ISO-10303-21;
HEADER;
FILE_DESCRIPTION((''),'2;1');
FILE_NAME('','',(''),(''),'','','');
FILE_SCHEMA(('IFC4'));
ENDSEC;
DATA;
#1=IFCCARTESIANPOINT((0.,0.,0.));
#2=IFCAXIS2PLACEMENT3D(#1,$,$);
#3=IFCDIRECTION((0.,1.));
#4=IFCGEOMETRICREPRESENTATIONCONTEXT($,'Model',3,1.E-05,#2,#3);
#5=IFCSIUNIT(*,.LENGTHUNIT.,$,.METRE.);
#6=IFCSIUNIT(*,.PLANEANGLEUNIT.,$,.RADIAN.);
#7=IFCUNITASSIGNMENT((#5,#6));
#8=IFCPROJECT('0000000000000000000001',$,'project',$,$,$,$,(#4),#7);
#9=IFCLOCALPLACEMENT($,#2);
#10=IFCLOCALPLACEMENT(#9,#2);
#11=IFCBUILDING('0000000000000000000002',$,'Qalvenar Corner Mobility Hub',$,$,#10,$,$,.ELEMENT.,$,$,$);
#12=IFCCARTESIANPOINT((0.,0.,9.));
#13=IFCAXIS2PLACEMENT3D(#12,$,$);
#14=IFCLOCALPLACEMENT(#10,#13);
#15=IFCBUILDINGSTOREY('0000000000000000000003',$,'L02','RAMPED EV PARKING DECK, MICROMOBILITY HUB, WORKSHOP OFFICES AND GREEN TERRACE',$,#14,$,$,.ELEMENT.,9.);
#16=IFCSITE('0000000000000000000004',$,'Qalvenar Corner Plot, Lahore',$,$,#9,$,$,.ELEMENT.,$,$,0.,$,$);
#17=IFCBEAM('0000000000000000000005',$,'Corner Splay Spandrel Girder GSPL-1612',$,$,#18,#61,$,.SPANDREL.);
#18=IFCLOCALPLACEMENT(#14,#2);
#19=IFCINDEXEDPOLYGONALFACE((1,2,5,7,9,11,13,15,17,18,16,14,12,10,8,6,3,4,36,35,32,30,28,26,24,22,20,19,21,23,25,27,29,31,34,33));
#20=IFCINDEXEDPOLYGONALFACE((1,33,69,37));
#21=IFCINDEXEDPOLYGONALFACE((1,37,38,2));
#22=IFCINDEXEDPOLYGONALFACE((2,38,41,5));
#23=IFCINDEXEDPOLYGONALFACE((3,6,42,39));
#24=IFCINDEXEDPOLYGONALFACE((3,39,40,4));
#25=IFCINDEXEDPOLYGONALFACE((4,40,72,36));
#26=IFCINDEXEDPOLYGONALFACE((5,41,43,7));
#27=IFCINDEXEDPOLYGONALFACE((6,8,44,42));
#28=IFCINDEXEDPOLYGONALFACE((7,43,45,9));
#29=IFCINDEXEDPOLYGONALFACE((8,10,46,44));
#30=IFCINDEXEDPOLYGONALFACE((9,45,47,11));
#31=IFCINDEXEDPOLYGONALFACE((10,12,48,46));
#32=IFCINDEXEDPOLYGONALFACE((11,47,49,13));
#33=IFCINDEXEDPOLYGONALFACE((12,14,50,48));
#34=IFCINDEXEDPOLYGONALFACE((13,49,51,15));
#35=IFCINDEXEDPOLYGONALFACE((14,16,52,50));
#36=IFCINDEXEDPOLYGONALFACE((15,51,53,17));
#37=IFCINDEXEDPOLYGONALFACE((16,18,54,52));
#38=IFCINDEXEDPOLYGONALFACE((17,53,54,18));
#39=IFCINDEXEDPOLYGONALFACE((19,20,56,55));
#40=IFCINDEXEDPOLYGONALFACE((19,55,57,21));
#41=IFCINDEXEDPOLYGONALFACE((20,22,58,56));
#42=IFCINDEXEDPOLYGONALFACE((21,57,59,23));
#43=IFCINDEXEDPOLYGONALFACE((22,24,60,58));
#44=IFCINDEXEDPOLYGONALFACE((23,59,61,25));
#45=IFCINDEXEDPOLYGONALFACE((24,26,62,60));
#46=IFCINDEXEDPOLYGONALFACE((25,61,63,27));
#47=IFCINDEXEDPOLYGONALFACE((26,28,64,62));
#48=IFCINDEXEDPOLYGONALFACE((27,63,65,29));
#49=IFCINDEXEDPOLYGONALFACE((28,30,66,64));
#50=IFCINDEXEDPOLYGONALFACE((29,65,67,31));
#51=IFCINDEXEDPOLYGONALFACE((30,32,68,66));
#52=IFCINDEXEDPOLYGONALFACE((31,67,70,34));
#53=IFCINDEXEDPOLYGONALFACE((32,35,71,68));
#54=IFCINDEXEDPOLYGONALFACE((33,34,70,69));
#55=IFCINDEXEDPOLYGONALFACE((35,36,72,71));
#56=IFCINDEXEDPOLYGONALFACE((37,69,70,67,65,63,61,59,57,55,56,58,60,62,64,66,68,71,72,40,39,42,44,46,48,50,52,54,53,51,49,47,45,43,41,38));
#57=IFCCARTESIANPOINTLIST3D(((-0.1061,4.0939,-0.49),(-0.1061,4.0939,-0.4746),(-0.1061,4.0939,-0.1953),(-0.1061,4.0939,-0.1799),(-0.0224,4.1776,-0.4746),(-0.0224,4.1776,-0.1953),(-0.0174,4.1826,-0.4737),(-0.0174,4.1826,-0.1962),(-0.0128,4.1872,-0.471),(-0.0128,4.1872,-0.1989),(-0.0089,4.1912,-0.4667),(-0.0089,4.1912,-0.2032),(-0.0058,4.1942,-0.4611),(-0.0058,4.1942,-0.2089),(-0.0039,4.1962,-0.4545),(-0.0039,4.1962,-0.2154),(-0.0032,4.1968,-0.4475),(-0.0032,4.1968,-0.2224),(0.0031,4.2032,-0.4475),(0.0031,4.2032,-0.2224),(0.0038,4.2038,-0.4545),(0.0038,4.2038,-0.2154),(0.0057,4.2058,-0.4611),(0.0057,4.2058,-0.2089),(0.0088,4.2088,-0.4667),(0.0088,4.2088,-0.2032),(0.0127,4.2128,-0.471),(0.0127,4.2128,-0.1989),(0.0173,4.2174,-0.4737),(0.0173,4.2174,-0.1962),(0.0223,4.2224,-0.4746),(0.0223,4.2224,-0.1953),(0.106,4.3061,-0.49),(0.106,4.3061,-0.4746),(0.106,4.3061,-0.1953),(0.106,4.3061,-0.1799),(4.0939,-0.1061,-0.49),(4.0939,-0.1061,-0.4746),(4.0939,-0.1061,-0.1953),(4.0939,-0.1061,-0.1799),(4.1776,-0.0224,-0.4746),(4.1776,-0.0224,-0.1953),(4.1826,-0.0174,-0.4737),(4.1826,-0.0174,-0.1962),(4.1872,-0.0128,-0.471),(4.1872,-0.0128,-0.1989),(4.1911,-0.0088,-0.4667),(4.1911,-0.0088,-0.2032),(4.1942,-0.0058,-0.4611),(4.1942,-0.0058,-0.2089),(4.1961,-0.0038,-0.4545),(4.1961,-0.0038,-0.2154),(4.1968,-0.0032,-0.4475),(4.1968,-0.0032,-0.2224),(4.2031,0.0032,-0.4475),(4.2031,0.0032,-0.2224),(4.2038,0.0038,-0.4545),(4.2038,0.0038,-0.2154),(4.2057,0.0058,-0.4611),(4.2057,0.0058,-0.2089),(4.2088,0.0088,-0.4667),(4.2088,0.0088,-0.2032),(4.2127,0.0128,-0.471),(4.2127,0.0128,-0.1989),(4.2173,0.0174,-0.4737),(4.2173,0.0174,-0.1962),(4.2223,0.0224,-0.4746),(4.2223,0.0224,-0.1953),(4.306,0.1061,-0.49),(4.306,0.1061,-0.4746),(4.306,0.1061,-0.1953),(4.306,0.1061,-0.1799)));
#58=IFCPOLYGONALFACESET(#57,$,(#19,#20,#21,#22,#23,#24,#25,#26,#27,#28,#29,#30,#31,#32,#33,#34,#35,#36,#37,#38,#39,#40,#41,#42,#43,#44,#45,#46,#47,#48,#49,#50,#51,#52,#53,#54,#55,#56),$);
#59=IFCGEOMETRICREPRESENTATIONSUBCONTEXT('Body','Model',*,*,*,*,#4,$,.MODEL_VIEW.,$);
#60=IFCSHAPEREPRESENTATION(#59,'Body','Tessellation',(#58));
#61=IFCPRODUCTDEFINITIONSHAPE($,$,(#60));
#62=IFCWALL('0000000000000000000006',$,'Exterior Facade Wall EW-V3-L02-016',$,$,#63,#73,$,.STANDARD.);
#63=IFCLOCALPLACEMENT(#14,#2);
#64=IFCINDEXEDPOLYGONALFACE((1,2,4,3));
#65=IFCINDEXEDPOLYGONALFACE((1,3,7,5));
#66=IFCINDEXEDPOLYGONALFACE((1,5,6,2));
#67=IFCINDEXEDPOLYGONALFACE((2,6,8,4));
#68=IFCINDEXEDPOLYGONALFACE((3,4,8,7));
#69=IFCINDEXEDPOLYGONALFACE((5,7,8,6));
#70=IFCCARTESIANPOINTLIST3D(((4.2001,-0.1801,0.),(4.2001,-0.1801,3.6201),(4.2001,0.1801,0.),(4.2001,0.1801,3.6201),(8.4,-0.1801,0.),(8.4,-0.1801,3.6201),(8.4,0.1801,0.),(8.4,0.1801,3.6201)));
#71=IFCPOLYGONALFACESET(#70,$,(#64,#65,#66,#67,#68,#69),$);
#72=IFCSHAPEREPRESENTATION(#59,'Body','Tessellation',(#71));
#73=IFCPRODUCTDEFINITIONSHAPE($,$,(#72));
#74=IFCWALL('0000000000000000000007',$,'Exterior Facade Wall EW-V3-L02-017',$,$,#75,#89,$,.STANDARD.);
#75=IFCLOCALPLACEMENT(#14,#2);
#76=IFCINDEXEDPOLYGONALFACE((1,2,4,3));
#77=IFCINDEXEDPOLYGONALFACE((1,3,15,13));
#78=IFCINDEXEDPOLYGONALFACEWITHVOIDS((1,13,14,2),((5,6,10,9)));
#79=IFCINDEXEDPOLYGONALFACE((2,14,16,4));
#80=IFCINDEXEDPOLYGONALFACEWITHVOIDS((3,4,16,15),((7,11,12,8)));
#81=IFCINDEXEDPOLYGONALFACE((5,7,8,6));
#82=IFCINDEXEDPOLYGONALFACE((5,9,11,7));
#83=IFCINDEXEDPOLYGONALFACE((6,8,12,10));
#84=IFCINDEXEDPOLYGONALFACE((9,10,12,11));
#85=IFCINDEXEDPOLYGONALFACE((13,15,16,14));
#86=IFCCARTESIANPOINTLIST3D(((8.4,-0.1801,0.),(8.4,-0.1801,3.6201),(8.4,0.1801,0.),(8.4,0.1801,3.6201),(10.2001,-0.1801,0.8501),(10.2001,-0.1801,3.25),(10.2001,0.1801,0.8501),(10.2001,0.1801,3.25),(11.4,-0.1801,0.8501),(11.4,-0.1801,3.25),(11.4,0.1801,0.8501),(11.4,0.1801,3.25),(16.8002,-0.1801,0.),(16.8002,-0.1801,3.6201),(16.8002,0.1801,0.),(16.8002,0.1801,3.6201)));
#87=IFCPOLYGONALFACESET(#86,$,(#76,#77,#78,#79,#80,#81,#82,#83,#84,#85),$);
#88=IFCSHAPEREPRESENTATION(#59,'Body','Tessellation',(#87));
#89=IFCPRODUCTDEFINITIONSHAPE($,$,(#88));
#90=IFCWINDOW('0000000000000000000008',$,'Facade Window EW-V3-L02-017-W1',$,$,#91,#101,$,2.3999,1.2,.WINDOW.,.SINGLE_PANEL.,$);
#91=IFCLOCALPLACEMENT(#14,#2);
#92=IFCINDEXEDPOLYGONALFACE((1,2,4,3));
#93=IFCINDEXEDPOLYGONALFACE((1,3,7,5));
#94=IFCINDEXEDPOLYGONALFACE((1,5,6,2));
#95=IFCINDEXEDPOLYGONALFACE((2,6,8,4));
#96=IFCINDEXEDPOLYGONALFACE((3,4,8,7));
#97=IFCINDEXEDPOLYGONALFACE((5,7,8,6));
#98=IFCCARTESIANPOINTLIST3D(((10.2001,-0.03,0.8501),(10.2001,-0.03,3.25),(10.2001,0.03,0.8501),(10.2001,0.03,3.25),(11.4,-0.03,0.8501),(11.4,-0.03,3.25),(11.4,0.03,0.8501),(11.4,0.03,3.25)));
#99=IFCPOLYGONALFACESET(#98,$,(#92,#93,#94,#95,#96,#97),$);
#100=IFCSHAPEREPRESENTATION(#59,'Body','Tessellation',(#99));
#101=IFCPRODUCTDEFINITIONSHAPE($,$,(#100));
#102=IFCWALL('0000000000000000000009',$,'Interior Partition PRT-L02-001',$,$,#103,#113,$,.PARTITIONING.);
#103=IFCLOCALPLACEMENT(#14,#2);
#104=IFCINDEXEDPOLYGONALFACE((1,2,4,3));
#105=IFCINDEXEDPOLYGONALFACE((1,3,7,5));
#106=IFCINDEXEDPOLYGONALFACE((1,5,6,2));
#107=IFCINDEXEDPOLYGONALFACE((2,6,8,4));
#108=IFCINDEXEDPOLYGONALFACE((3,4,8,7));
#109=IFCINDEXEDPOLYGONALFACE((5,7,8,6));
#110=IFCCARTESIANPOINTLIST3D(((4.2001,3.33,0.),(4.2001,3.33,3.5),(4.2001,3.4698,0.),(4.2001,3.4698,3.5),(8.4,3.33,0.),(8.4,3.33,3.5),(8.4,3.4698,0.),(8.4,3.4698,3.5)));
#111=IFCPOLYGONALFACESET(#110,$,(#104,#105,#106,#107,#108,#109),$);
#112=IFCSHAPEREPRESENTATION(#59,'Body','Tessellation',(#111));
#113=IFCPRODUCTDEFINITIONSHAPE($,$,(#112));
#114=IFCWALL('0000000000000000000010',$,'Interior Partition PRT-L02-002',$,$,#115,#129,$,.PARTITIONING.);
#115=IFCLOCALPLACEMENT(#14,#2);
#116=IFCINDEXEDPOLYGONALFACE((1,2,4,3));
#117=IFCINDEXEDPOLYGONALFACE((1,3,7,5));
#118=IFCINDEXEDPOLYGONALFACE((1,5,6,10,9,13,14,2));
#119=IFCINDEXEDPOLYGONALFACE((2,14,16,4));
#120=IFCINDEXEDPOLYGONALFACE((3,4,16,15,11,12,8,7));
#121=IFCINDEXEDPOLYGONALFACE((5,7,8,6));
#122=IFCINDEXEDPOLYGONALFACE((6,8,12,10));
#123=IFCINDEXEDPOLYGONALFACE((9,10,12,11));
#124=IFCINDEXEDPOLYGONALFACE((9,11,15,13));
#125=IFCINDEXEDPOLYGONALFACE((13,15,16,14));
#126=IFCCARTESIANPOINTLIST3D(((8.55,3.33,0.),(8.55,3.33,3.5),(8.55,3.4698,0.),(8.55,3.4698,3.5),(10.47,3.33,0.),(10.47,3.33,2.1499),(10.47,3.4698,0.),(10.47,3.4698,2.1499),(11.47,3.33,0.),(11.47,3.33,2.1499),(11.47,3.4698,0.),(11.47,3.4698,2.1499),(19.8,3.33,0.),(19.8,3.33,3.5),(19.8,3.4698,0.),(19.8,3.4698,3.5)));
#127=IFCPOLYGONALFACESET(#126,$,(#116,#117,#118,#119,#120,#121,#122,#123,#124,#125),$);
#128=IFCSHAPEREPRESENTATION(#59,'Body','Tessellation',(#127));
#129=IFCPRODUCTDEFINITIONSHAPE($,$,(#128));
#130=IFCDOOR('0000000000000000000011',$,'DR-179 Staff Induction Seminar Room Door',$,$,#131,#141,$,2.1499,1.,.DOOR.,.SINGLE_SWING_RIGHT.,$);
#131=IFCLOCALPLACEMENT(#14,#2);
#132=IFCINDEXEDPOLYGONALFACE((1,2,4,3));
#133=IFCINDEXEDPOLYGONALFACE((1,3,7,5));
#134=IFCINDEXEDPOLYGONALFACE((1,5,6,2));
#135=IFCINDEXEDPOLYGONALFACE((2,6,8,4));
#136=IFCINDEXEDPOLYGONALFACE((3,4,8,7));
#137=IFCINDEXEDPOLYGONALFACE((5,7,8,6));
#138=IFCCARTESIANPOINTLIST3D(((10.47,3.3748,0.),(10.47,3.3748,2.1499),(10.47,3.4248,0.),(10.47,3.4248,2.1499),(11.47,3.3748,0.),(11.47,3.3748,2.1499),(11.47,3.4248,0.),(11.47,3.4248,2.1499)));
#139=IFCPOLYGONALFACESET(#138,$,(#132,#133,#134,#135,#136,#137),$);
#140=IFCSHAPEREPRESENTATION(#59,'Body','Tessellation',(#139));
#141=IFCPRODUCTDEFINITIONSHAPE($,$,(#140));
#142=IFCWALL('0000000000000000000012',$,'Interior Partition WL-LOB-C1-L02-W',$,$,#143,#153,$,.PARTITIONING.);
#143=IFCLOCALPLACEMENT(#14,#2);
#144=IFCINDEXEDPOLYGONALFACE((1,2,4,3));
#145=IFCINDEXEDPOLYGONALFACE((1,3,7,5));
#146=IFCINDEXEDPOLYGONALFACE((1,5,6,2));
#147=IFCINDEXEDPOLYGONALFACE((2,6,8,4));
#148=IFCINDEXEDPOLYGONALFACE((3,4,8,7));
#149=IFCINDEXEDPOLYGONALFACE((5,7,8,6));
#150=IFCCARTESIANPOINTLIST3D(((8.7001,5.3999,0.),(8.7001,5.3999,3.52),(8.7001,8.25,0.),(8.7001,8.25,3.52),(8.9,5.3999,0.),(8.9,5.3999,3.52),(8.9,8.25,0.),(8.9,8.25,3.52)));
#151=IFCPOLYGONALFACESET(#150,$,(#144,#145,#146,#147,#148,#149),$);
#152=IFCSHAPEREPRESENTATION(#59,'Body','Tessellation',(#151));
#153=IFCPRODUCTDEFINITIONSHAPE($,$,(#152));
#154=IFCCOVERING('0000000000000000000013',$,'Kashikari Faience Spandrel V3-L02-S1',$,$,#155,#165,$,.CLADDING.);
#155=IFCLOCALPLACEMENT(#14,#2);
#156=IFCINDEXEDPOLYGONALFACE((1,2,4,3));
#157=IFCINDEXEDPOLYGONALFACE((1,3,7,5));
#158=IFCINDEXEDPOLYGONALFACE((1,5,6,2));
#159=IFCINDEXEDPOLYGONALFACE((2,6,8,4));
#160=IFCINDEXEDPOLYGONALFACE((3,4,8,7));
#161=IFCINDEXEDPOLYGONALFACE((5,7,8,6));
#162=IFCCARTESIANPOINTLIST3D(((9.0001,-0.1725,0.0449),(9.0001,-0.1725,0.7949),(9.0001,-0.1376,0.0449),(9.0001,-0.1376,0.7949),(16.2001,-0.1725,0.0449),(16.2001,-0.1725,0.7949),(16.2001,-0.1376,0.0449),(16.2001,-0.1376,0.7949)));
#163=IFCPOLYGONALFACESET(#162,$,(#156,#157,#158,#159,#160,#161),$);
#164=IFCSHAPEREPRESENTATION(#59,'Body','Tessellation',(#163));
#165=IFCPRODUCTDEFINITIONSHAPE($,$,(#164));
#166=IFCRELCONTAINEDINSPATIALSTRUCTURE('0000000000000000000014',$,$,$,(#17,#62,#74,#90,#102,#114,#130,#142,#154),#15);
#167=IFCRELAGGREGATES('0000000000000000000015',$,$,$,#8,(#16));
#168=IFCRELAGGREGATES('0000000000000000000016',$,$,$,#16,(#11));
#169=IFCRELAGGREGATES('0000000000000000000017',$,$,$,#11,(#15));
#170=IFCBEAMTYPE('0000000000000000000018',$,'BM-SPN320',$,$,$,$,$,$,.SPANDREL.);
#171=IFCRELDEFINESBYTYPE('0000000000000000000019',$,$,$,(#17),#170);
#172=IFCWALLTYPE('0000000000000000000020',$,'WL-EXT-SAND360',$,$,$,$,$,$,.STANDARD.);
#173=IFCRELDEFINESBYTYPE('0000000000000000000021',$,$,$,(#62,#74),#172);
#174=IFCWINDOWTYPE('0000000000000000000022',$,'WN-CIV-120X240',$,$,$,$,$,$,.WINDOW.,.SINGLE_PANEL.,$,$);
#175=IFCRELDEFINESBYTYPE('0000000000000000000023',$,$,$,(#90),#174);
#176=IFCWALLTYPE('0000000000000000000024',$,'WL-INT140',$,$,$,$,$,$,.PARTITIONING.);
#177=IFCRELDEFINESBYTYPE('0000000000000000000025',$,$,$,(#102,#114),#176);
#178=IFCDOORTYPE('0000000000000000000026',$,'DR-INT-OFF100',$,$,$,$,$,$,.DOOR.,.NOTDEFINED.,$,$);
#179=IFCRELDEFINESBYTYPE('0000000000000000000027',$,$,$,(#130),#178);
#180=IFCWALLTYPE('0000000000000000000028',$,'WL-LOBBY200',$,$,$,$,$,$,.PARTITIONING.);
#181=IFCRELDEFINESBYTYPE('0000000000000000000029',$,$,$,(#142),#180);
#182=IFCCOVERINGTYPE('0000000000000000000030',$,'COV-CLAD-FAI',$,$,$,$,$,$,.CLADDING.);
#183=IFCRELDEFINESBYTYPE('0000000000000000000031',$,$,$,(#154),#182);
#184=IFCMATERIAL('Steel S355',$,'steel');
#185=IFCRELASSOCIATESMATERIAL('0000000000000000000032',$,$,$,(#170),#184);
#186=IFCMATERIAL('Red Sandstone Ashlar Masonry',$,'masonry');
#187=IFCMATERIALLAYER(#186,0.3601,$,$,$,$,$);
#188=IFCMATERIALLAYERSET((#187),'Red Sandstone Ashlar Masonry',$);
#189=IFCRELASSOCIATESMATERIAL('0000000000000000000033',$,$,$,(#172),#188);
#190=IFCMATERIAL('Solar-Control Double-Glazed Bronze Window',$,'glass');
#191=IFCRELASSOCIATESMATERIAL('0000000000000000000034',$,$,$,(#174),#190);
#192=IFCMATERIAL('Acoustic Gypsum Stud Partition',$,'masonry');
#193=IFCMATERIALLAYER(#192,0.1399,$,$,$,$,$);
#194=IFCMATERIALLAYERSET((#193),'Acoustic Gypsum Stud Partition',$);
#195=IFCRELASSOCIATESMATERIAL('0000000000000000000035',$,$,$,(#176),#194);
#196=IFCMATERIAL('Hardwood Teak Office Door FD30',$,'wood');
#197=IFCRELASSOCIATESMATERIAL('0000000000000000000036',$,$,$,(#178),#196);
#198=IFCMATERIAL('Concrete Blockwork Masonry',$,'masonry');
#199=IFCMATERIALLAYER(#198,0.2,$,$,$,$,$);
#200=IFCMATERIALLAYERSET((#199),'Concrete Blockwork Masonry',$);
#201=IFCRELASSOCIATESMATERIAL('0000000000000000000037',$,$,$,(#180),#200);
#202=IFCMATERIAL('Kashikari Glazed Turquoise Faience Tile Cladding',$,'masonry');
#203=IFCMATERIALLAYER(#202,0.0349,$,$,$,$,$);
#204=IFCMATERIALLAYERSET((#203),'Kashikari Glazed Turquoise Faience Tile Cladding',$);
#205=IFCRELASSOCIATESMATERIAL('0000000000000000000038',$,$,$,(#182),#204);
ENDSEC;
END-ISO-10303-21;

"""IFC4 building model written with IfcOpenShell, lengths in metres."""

from ifc_helpers import new_model, si_unit, direction, frame, frame_2d, origin, origin_2d, place, context, subcontext, project, spatial, rectangle, i_section, extrude, material, layer, layer_set, material_profile, profile_set, type_object, element, fill, save


model = new_model("IFC4")

# Units and contexts
model_context = context("Model", 3, precision=1e-05, world=origin(), true_north=direction((0.0, 1.0)))
body_context = subcontext(model_context, "Body", "Model", "MODEL_VIEW")
ifc_project = project(units=[si_unit("LENGTHUNIT", "METRE"), si_unit("PLANEANGLEUNIT", "RADIAN")], contexts=[model_context])

# Site, building, storey
site_placement = place(None, origin())
site = spatial("IfcSite", under=ifc_project, at=site_placement, Name="Qalvenar Corner Plot, Lahore", CompositionType="ELEMENT", RefElevation=0.0)
building_placement = place(site_placement, origin())
building = spatial("IfcBuilding", under=site, at=building_placement, Name="Qalvenar Corner Mobility Hub", CompositionType="ELEMENT")
storey_placement = place(building_placement, frame((0.0, 0.0, 9.0)))
storey = spatial("IfcBuildingStorey", under=building, at=storey_placement, Name="L02", Description="RAMPED EV PARKING DECK, MICROMOBILITY HUB, WORKSHOP OFFICES AND GREEN TERRACE", CompositionType="ELEMENT", Elevation=9.0)

# Shared definitions
ifc_material_1 = material(Name="Steel S355", Category="steel")

# Beam
ifc_material_profile_1 = material_profile(ifc_material_1, i_section(OverallWidth=0.3, OverallDepth=0.3101, WebThickness=0.009, FlangeThickness=0.0154, FilletRadius=0.0271, at=origin_2d()), Name="HEA320")
ifc_profile_set_1 = profile_set([ifc_material_profile_1], Name="Steel S355")
beam_type_1 = type_object("IfcBeamType", Name="BM-SPN320", PredefinedType="SPANDREL", material=ifc_profile_set_1)
beam_1_placement = place(storey_placement, frame((4.2, 0.0, -0.335), z_axis=(-0.707107, 0.707107, 0.0), x_axis=(-0.707107, -0.707107, 0.0)))
element("IfcBeam", 1, at=beam_1_placement, inside=storey, type_object=beam_type_1, Name="Corner Splay Spandrel Girder GSPL-1612", PredefinedType="SPANDREL", context=body_context, shape_type="SweptSolid", body=[
    extrude(i_section(OverallWidth=0.3, OverallDepth=0.3101, WebThickness=0.009, FlangeThickness=0.0154, FilletRadius=0.0271, at=origin_2d()), origin(), (0.0, 0.0, 1.0), 5.9397),
])

# Wall
ifc_material_2 = material(Name="Red Sandstone Ashlar Masonry", Category="masonry")
ifc_layer_1 = layer(ifc_material_2, 0.3601)
ifc_layer_set_1 = layer_set([ifc_layer_1], Name="Red Sandstone Ashlar Masonry")
wall_type_1 = type_object("IfcWallType", Name="WL-EXT-SAND360", PredefinedType="STANDARD", material=ifc_layer_set_1)
wall_1_placement = place(storey_placement, frame((4.2, 0.0, 0.0), z_axis=(0.0, 0.0, 1.0), x_axis=(1.0, 0.0, 0.0)))
element("IfcWall", 2, at=wall_1_placement, inside=storey, type_object=wall_type_1, Name="Exterior Facade Wall EW-V3-L02-016", PredefinedType="STANDARD", context=body_context, shape_type="SweptSolid", body=[
    extrude(rectangle(XDim=4.2, YDim=0.3601, at=frame_2d((2.1001, 0.0))), origin(), (0.0, 0.0, 1.0), 3.6201),
])

# Wall, opening, window
wall_2_placement = place(storey_placement, frame((8.3999, 0.0, 0.0), z_axis=(0.0, 0.0, 1.0), x_axis=(1.0, 0.0, 0.0)))
wall_2 = element("IfcWall", 3, at=wall_2_placement, inside=storey, type_object=wall_type_1, Name="Exterior Facade Wall EW-V3-L02-017", PredefinedType="STANDARD", context=body_context, shape_type="SweptSolid", body=[
    extrude(rectangle(XDim=8.4001, YDim=0.3601, at=frame_2d((4.2002, 0.0))), origin(), (0.0, 0.0, 1.0), 3.6201),
])
opening_1_placement = place(wall_2_placement, frame((1.8, 0.0, 0.8501)))
opening_1 = element("IfcOpeningElement", 4, at=opening_1_placement, cuts=wall_2, PredefinedType="OPENING", context=body_context, shape_type="SweptSolid", body=[
    extrude(rectangle(XDim=1.2, YDim=2.3999, at=frame_2d((0.6001, 1.2))), frame((0.0, 0.1899, 0.0), z_axis=(0.0, -1.0, 0.0), x_axis=(1.0, 0.0, 0.0)), (0.0, 0.0, 1.0), 0.3801),
])
ifc_material_3 = material(Name="Solar-Control Double-Glazed Bronze Window", Category="glass")
window_type = type_object("IfcWindowType", Name="WN-CIV-120X240", PartitioningType="SINGLE_PANEL", PredefinedType="WINDOW", material=ifc_material_3)
window_placement = place(opening_1_placement, origin())
window = element("IfcWindow", 5, at=window_placement, inside=storey, type_object=window_type, Name="Facade Window EW-V3-L02-017-W1", OverallHeight=2.3999, OverallWidth=1.2, PartitioningType="SINGLE_PANEL", PredefinedType="WINDOW", context=body_context, shape_type="SweptSolid", body=[
    extrude(rectangle(XDim=1.2, YDim=2.3999, at=frame_2d((0.6001, 1.2))), frame((0.0, 0.03, 0.0), z_axis=(0.0, -1.0, 0.0), x_axis=(1.0, 0.0, 0.0)), (0.0, 0.0, 1.0), 0.0601),
])
fill(opening_1, window)

# Wall
ifc_material_4 = material(Name="Acoustic Gypsum Stud Partition", Category="masonry")
ifc_layer_2 = layer(ifc_material_4, 0.1399)
ifc_layer_set_2 = layer_set([ifc_layer_2], Name="Acoustic Gypsum Stud Partition")
wall_type_2 = type_object("IfcWallType", Name="WL-INT140", PredefinedType="PARTITIONING", material=ifc_layer_set_2)
wall_3_placement = place(storey_placement, frame((4.2, 3.3999, 0.0), z_axis=(0.0, 0.0, 1.0), x_axis=(1.0, 0.0, 0.0)))
element("IfcWall", 6, at=wall_3_placement, inside=storey, type_object=wall_type_2, Name="Interior Partition PRT-L02-001", PredefinedType="PARTITIONING", context=body_context, shape_type="SweptSolid", body=[
    extrude(rectangle(XDim=4.2, YDim=0.1399, at=frame_2d((2.1001, 0.0))), origin(), (0.0, 0.0, 1.0), 3.5),
])

# Wall, opening, door
wall_4_placement = place(storey_placement, frame((8.55, 3.3999, 0.0), z_axis=(0.0, 0.0, 1.0), x_axis=(1.0, 0.0, 0.0)))
wall_4 = element("IfcWall", 7, at=wall_4_placement, inside=storey, type_object=wall_type_2, Name="Interior Partition PRT-L02-002", PredefinedType="PARTITIONING", context=body_context, shape_type="SweptSolid", body=[
    extrude(rectangle(XDim=11.25, YDim=0.1399, at=frame_2d((5.625, 0.0))), origin(), (0.0, 0.0, 1.0), 3.5),
])
opening_2_placement = place(wall_4_placement, frame((1.9199, 0.0, 0.0)))
opening_2 = element("IfcOpeningElement", 8, at=opening_2_placement, cuts=wall_4, PredefinedType="OPENING", context=body_context, shape_type="SweptSolid", body=[
    extrude(rectangle(XDim=1.0, YDim=2.1499, at=frame_2d((0.5, 1.075))), frame((0.0, 0.0801, 0.0), z_axis=(0.0, -1.0, 0.0), x_axis=(1.0, 0.0, 0.0)), (0.0, 0.0, 1.0), 0.1599),
])
ifc_material_5 = material(Name="Hardwood Teak Office Door FD30", Category="wood")
door_type = type_object("IfcDoorType", Name="DR-INT-OFF100", OperationType="NOTDEFINED", PredefinedType="DOOR", material=ifc_material_5)
door_1_placement = place(opening_2_placement, origin())
door_1 = element("IfcDoor", 9, at=door_1_placement, inside=storey, type_object=door_type, Name="DR-179 Staff Induction Seminar Room Door", OperationType="SINGLE_SWING_RIGHT", OverallHeight=2.1499, OverallWidth=1.0, PredefinedType="DOOR", context=body_context, shape_type="SweptSolid", body=[
    extrude(rectangle(XDim=1.0, YDim=2.1499, at=frame_2d((0.5, 1.075))), frame((0.0, 0.0249, 0.0), z_axis=(0.0, -1.0, 0.0), x_axis=(1.0, 0.0, 0.0)), (0.0, 0.0, 1.0), 0.05),
])
fill(opening_2, door_1)

# Wall
ifc_material_6 = material(Name="Concrete Blockwork Masonry", Category="masonry")
ifc_layer_3 = layer(ifc_material_6, 0.2)
ifc_layer_set_3 = layer_set([ifc_layer_3], Name="Concrete Blockwork Masonry")
wall_type_3 = type_object("IfcWallType", Name="WL-LOBBY200", PredefinedType="PARTITIONING", material=ifc_layer_set_3)
wall_5_placement = place(storey_placement, frame((8.8, 5.3999, 0.0), z_axis=(0.0, 0.0, 1.0), x_axis=(0.0, 1.0, 0.0)))
element("IfcWall", 10, at=wall_5_placement, inside=storey, type_object=wall_type_3, Name="Interior Partition WL-LOB-C1-L02-W", PredefinedType="PARTITIONING", context=body_context, shape_type="SweptSolid", body=[
    extrude(rectangle(XDim=2.8501, YDim=0.2, at=frame_2d((1.425, 0.0))), origin(), (0.0, 0.0, 1.0), 3.52),
])

# Covering
ifc_material_7 = material(Name="Kashikari Glazed Turquoise Faience Tile Cladding", Category="masonry")
ifc_layer_4 = layer(ifc_material_7, 0.0349)
ifc_layer_set_4 = layer_set([ifc_layer_4], Name="Kashikari Glazed Turquoise Faience Tile Cladding")
covering_type = type_object("IfcCoveringType", Name="COV-CLAD-FAI", PredefinedType="CLADDING", material=ifc_layer_set_4)
covering_placement = place(storey_placement, frame((12.6001, -0.155, 0.0449), z_axis=(0.0, 0.0, 1.0), x_axis=(1.0, 0.0, 0.0)))
element("IfcCovering", 11, at=covering_placement, inside=storey, type_object=covering_type, Name="Kashikari Faience Spandrel V3-L02-S1", PredefinedType="CLADDING", context=body_context, shape_type="SweptSolid", body=[
    extrude(rectangle(XDim=7.2, YDim=0.0349, at=origin_2d()), origin(), (0.0, 0.0, 1.0), 0.75),
])

save(model, "model.ifc")
